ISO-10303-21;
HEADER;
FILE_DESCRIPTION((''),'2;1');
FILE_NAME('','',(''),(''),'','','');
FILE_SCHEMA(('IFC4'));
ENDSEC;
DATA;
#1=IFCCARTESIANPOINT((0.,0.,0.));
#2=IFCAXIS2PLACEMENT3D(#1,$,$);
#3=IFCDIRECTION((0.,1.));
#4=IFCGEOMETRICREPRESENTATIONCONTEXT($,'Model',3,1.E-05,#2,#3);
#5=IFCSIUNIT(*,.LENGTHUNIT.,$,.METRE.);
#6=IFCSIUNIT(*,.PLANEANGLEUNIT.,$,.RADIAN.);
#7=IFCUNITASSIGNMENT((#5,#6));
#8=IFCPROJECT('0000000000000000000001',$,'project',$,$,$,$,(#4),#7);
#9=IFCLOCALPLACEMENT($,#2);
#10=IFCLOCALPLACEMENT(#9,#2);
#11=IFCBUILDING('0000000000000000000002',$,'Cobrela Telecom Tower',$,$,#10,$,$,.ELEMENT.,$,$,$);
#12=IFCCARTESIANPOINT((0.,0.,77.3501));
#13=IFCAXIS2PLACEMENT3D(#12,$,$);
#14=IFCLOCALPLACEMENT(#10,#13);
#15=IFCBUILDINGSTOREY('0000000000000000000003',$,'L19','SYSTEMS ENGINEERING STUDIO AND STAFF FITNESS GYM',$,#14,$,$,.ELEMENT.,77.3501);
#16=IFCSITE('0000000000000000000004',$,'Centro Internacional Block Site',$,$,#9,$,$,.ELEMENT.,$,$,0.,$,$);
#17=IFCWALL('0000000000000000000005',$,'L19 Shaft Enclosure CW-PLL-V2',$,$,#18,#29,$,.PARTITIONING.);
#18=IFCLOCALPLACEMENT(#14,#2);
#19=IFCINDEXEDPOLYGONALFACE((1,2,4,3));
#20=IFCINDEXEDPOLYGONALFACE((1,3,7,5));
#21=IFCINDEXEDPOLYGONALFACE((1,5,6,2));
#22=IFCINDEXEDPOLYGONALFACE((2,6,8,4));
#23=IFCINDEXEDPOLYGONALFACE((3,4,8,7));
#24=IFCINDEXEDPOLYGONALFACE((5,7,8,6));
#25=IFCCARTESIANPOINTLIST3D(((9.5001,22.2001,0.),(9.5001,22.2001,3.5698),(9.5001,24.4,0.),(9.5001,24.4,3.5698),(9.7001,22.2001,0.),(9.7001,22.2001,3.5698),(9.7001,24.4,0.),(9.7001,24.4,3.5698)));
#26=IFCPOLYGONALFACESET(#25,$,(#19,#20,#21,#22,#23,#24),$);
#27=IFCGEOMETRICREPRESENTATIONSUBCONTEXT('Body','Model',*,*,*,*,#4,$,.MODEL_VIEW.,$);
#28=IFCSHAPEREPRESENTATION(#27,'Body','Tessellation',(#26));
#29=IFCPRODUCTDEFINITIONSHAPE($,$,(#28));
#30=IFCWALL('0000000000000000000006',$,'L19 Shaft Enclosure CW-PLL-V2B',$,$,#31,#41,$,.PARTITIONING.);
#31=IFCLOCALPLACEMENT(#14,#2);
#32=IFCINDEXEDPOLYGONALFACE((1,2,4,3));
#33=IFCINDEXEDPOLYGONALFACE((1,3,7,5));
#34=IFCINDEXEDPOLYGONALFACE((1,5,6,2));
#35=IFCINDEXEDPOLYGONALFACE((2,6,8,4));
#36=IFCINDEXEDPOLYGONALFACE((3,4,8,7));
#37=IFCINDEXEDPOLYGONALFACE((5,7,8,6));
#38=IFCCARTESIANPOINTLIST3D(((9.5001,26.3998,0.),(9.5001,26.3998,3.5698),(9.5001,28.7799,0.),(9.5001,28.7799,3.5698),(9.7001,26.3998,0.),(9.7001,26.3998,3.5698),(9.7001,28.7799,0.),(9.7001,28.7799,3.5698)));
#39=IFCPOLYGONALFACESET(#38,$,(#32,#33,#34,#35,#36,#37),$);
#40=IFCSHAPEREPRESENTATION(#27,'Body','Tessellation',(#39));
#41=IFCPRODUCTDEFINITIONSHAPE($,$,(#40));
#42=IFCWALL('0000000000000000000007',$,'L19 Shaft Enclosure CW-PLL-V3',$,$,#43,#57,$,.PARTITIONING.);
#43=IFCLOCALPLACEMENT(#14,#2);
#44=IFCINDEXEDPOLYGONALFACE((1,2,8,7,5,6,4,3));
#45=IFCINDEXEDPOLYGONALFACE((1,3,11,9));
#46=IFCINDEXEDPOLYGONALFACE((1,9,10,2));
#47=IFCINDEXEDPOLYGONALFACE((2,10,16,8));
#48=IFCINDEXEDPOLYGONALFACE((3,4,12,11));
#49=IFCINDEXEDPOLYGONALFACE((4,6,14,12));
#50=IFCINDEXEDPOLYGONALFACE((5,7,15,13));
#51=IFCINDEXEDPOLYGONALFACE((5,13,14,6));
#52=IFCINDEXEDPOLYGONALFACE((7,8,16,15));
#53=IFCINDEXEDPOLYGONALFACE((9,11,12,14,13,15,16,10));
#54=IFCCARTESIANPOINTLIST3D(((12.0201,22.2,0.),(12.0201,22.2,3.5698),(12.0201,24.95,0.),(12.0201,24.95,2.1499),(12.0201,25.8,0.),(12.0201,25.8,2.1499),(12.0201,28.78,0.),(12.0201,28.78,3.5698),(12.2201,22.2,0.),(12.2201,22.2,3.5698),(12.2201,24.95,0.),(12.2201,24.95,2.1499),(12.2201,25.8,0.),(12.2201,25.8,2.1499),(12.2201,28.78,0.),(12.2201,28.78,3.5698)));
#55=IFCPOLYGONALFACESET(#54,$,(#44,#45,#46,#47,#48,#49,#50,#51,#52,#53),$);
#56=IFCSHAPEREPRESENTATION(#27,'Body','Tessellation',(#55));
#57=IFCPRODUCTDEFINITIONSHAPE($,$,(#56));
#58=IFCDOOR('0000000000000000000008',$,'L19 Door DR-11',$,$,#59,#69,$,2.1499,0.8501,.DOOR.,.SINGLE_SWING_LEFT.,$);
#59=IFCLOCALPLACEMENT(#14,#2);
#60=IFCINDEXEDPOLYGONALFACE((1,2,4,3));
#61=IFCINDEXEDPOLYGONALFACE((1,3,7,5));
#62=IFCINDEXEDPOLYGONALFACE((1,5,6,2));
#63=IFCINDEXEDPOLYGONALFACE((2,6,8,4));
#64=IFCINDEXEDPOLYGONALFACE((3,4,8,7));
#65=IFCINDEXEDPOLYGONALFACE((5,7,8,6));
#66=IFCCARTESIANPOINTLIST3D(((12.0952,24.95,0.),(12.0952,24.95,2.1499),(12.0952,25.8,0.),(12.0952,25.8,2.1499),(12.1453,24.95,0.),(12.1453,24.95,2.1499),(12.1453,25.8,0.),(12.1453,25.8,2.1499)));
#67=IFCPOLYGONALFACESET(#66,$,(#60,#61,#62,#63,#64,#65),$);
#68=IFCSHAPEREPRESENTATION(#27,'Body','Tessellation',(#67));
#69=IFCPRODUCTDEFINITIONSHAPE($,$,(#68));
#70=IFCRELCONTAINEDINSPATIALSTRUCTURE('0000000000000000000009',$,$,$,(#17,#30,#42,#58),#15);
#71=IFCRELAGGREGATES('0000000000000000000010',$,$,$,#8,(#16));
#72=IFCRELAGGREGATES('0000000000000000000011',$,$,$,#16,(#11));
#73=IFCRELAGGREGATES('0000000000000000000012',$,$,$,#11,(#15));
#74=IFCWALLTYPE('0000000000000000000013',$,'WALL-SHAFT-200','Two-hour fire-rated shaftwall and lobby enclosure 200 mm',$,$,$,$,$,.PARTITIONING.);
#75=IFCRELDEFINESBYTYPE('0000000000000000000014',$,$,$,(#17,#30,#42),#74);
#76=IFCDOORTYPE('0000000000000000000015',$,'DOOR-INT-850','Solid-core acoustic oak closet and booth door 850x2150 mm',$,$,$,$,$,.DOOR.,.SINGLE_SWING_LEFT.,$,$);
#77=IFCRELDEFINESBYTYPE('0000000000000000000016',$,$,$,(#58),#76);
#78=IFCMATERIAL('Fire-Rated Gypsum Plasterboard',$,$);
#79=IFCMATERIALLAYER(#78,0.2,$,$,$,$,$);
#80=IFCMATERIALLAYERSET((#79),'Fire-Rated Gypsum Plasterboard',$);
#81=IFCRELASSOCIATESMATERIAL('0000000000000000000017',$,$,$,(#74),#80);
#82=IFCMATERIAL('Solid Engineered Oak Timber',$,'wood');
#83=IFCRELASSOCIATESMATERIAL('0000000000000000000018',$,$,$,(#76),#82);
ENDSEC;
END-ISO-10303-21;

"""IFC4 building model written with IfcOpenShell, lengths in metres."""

from ifc_helpers import new_model, si_unit, direction, frame, frame_2d, origin, place, context, subcontext, project, spatial, rectangle, extrude, material, layer, layer_set, type_object, element, fill, save


model = new_model("IFC4")

# Units and contexts
model_context = context("Model", 3, precision=1e-05, world=origin(), true_north=direction((0.0, 1.0)))
body_context = subcontext(model_context, "Body", "Model", "MODEL_VIEW")
ifc_project = project(units=[si_unit("LENGTHUNIT", "METRE"), si_unit("PLANEANGLEUNIT", "RADIAN")], contexts=[model_context])

# Site, building, storey
site_placement = place(None, origin())
site = spatial("IfcSite", under=ifc_project, at=site_placement, Name="Centro Internacional Block Site", CompositionType="ELEMENT", RefElevation=0.0)
building_placement = place(site_placement, origin())
building = spatial("IfcBuilding", under=site, at=building_placement, Name="Cobrela Telecom Tower", CompositionType="ELEMENT")
storey_placement = place(building_placement, frame((0.0, 0.0, 77.3501)))
storey = spatial("IfcBuildingStorey", under=building, at=storey_placement, Name="L19", Description="SYSTEMS ENGINEERING STUDIO AND STAFF FITNESS GYM", CompositionType="ELEMENT", Elevation=77.3501)

# Shared definitions
ifc_material_1 = material(Name="Fire-Rated Gypsum Plasterboard")
ifc_layer_1 = layer(ifc_material_1, 0.2)
ifc_layer_set_1 = layer_set([ifc_layer_1], Name="Fire-Rated Gypsum Plasterboard")
wall_type_1 = type_object("IfcWallType", Name="WALL-SHAFT-200", Description="Two-hour fire-rated shaftwall and lobby enclosure 200 mm", PredefinedType="PARTITIONING", material=ifc_layer_set_1)

# Walls
wall_1_placement = place(storey_placement, frame((9.6001, 22.2, 0.0), z_axis=(0.0, 0.0, 1.0), x_axis=(0.0, 1.0, 0.0)))
element("IfcWall", 1, at=wall_1_placement, inside=storey, type_object=wall_type_1, Name="L19 Shaft Enclosure CW-PLL-V2", PredefinedType="PARTITIONING", context=body_context, shape_type="SweptSolid", body=[
    extrude(rectangle(XDim=2.2, YDim=0.2, at=frame_2d((1.1001, 0.0))), origin(), (0.0, 0.0, 1.0), 3.5698),
])
wall_2_placement = place(storey_placement, frame((9.6001, 26.3999, 0.0), z_axis=(0.0, 0.0, 1.0), x_axis=(0.0, 1.0, 0.0)))
element("IfcWall", 2, at=wall_2_placement, inside=storey, type_object=wall_type_1, Name="L19 Shaft Enclosure CW-PLL-V2B", PredefinedType="PARTITIONING", context=body_context, shape_type="SweptSolid", body=[
    extrude(rectangle(XDim=2.3801, YDim=0.2, at=frame_2d((1.1899, 0.0))), origin(), (0.0, 0.0, 1.0), 3.5698),
])

# Wall, opening, door
wall_3_placement = place(storey_placement, frame((12.1201, 22.2, 0.0), z_axis=(0.0, 0.0, 1.0), x_axis=(0.0, 1.0, 0.0)))
wall_3 = element("IfcWall", 3, at=wall_3_placement, inside=storey, type_object=wall_type_1, Name="L19 Shaft Enclosure CW-PLL-V3", PredefinedType="PARTITIONING", context=body_context, shape_type="SweptSolid", body=[
    extrude(rectangle(XDim=6.5801, YDim=0.2, at=frame_2d((3.29, 0.0))), origin(), (0.0, 0.0, 1.0), 3.5698),
])
opening_1_placement = place(wall_3_placement, frame((2.75, 0.0, 0.0)))
opening_1 = element("IfcOpeningElement", 4, at=opening_1_placement, cuts=wall_3, PredefinedType="OPENING", context=body_context, shape_type="SweptSolid", body=[
    extrude(rectangle(XDim=0.8501, YDim=2.1499, at=frame_2d((0.425, 1.075))), frame((0.0, 0.1118, 0.0), z_axis=(0.0, -1.0, 0.0), x_axis=(1.0, 0.0, 0.0)), (0.0, 0.0, 1.0), 0.2239),
])
ifc_material_2 = material(Name="Solid Engineered Oak Timber", Category="wood")
door_type_1 = type_object("IfcDoorType", Name="DOOR-INT-850", Description="Solid-core acoustic oak closet and booth door 850x2150 mm", OperationType="SINGLE_SWING_LEFT", PredefinedType="DOOR", material=ifc_material_2)
door_1_placement = place(opening_1_placement, origin())
door_1 = element("IfcDoor", 5, at=door_1_placement, inside=storey, type_object=door_type_1, Name="L19 Door DR-11", OperationType="SINGLE_SWING_LEFT", OverallHeight=2.1499, OverallWidth=0.8501, PredefinedType="DOOR", context=body_context, shape_type="SweptSolid", body=[
    extrude(rectangle(XDim=0.8501, YDim=2.1499, at=frame_2d((0.425, 1.075))), frame((0.0, 0.0249, 0.0), z_axis=(0.0, -1.0, 0.0), x_axis=(1.0, 0.0, 0.0)), (0.0, 0.0, 1.0), 0.05),
])
fill(opening_1, door_1)

save(model, "model.ifc")
